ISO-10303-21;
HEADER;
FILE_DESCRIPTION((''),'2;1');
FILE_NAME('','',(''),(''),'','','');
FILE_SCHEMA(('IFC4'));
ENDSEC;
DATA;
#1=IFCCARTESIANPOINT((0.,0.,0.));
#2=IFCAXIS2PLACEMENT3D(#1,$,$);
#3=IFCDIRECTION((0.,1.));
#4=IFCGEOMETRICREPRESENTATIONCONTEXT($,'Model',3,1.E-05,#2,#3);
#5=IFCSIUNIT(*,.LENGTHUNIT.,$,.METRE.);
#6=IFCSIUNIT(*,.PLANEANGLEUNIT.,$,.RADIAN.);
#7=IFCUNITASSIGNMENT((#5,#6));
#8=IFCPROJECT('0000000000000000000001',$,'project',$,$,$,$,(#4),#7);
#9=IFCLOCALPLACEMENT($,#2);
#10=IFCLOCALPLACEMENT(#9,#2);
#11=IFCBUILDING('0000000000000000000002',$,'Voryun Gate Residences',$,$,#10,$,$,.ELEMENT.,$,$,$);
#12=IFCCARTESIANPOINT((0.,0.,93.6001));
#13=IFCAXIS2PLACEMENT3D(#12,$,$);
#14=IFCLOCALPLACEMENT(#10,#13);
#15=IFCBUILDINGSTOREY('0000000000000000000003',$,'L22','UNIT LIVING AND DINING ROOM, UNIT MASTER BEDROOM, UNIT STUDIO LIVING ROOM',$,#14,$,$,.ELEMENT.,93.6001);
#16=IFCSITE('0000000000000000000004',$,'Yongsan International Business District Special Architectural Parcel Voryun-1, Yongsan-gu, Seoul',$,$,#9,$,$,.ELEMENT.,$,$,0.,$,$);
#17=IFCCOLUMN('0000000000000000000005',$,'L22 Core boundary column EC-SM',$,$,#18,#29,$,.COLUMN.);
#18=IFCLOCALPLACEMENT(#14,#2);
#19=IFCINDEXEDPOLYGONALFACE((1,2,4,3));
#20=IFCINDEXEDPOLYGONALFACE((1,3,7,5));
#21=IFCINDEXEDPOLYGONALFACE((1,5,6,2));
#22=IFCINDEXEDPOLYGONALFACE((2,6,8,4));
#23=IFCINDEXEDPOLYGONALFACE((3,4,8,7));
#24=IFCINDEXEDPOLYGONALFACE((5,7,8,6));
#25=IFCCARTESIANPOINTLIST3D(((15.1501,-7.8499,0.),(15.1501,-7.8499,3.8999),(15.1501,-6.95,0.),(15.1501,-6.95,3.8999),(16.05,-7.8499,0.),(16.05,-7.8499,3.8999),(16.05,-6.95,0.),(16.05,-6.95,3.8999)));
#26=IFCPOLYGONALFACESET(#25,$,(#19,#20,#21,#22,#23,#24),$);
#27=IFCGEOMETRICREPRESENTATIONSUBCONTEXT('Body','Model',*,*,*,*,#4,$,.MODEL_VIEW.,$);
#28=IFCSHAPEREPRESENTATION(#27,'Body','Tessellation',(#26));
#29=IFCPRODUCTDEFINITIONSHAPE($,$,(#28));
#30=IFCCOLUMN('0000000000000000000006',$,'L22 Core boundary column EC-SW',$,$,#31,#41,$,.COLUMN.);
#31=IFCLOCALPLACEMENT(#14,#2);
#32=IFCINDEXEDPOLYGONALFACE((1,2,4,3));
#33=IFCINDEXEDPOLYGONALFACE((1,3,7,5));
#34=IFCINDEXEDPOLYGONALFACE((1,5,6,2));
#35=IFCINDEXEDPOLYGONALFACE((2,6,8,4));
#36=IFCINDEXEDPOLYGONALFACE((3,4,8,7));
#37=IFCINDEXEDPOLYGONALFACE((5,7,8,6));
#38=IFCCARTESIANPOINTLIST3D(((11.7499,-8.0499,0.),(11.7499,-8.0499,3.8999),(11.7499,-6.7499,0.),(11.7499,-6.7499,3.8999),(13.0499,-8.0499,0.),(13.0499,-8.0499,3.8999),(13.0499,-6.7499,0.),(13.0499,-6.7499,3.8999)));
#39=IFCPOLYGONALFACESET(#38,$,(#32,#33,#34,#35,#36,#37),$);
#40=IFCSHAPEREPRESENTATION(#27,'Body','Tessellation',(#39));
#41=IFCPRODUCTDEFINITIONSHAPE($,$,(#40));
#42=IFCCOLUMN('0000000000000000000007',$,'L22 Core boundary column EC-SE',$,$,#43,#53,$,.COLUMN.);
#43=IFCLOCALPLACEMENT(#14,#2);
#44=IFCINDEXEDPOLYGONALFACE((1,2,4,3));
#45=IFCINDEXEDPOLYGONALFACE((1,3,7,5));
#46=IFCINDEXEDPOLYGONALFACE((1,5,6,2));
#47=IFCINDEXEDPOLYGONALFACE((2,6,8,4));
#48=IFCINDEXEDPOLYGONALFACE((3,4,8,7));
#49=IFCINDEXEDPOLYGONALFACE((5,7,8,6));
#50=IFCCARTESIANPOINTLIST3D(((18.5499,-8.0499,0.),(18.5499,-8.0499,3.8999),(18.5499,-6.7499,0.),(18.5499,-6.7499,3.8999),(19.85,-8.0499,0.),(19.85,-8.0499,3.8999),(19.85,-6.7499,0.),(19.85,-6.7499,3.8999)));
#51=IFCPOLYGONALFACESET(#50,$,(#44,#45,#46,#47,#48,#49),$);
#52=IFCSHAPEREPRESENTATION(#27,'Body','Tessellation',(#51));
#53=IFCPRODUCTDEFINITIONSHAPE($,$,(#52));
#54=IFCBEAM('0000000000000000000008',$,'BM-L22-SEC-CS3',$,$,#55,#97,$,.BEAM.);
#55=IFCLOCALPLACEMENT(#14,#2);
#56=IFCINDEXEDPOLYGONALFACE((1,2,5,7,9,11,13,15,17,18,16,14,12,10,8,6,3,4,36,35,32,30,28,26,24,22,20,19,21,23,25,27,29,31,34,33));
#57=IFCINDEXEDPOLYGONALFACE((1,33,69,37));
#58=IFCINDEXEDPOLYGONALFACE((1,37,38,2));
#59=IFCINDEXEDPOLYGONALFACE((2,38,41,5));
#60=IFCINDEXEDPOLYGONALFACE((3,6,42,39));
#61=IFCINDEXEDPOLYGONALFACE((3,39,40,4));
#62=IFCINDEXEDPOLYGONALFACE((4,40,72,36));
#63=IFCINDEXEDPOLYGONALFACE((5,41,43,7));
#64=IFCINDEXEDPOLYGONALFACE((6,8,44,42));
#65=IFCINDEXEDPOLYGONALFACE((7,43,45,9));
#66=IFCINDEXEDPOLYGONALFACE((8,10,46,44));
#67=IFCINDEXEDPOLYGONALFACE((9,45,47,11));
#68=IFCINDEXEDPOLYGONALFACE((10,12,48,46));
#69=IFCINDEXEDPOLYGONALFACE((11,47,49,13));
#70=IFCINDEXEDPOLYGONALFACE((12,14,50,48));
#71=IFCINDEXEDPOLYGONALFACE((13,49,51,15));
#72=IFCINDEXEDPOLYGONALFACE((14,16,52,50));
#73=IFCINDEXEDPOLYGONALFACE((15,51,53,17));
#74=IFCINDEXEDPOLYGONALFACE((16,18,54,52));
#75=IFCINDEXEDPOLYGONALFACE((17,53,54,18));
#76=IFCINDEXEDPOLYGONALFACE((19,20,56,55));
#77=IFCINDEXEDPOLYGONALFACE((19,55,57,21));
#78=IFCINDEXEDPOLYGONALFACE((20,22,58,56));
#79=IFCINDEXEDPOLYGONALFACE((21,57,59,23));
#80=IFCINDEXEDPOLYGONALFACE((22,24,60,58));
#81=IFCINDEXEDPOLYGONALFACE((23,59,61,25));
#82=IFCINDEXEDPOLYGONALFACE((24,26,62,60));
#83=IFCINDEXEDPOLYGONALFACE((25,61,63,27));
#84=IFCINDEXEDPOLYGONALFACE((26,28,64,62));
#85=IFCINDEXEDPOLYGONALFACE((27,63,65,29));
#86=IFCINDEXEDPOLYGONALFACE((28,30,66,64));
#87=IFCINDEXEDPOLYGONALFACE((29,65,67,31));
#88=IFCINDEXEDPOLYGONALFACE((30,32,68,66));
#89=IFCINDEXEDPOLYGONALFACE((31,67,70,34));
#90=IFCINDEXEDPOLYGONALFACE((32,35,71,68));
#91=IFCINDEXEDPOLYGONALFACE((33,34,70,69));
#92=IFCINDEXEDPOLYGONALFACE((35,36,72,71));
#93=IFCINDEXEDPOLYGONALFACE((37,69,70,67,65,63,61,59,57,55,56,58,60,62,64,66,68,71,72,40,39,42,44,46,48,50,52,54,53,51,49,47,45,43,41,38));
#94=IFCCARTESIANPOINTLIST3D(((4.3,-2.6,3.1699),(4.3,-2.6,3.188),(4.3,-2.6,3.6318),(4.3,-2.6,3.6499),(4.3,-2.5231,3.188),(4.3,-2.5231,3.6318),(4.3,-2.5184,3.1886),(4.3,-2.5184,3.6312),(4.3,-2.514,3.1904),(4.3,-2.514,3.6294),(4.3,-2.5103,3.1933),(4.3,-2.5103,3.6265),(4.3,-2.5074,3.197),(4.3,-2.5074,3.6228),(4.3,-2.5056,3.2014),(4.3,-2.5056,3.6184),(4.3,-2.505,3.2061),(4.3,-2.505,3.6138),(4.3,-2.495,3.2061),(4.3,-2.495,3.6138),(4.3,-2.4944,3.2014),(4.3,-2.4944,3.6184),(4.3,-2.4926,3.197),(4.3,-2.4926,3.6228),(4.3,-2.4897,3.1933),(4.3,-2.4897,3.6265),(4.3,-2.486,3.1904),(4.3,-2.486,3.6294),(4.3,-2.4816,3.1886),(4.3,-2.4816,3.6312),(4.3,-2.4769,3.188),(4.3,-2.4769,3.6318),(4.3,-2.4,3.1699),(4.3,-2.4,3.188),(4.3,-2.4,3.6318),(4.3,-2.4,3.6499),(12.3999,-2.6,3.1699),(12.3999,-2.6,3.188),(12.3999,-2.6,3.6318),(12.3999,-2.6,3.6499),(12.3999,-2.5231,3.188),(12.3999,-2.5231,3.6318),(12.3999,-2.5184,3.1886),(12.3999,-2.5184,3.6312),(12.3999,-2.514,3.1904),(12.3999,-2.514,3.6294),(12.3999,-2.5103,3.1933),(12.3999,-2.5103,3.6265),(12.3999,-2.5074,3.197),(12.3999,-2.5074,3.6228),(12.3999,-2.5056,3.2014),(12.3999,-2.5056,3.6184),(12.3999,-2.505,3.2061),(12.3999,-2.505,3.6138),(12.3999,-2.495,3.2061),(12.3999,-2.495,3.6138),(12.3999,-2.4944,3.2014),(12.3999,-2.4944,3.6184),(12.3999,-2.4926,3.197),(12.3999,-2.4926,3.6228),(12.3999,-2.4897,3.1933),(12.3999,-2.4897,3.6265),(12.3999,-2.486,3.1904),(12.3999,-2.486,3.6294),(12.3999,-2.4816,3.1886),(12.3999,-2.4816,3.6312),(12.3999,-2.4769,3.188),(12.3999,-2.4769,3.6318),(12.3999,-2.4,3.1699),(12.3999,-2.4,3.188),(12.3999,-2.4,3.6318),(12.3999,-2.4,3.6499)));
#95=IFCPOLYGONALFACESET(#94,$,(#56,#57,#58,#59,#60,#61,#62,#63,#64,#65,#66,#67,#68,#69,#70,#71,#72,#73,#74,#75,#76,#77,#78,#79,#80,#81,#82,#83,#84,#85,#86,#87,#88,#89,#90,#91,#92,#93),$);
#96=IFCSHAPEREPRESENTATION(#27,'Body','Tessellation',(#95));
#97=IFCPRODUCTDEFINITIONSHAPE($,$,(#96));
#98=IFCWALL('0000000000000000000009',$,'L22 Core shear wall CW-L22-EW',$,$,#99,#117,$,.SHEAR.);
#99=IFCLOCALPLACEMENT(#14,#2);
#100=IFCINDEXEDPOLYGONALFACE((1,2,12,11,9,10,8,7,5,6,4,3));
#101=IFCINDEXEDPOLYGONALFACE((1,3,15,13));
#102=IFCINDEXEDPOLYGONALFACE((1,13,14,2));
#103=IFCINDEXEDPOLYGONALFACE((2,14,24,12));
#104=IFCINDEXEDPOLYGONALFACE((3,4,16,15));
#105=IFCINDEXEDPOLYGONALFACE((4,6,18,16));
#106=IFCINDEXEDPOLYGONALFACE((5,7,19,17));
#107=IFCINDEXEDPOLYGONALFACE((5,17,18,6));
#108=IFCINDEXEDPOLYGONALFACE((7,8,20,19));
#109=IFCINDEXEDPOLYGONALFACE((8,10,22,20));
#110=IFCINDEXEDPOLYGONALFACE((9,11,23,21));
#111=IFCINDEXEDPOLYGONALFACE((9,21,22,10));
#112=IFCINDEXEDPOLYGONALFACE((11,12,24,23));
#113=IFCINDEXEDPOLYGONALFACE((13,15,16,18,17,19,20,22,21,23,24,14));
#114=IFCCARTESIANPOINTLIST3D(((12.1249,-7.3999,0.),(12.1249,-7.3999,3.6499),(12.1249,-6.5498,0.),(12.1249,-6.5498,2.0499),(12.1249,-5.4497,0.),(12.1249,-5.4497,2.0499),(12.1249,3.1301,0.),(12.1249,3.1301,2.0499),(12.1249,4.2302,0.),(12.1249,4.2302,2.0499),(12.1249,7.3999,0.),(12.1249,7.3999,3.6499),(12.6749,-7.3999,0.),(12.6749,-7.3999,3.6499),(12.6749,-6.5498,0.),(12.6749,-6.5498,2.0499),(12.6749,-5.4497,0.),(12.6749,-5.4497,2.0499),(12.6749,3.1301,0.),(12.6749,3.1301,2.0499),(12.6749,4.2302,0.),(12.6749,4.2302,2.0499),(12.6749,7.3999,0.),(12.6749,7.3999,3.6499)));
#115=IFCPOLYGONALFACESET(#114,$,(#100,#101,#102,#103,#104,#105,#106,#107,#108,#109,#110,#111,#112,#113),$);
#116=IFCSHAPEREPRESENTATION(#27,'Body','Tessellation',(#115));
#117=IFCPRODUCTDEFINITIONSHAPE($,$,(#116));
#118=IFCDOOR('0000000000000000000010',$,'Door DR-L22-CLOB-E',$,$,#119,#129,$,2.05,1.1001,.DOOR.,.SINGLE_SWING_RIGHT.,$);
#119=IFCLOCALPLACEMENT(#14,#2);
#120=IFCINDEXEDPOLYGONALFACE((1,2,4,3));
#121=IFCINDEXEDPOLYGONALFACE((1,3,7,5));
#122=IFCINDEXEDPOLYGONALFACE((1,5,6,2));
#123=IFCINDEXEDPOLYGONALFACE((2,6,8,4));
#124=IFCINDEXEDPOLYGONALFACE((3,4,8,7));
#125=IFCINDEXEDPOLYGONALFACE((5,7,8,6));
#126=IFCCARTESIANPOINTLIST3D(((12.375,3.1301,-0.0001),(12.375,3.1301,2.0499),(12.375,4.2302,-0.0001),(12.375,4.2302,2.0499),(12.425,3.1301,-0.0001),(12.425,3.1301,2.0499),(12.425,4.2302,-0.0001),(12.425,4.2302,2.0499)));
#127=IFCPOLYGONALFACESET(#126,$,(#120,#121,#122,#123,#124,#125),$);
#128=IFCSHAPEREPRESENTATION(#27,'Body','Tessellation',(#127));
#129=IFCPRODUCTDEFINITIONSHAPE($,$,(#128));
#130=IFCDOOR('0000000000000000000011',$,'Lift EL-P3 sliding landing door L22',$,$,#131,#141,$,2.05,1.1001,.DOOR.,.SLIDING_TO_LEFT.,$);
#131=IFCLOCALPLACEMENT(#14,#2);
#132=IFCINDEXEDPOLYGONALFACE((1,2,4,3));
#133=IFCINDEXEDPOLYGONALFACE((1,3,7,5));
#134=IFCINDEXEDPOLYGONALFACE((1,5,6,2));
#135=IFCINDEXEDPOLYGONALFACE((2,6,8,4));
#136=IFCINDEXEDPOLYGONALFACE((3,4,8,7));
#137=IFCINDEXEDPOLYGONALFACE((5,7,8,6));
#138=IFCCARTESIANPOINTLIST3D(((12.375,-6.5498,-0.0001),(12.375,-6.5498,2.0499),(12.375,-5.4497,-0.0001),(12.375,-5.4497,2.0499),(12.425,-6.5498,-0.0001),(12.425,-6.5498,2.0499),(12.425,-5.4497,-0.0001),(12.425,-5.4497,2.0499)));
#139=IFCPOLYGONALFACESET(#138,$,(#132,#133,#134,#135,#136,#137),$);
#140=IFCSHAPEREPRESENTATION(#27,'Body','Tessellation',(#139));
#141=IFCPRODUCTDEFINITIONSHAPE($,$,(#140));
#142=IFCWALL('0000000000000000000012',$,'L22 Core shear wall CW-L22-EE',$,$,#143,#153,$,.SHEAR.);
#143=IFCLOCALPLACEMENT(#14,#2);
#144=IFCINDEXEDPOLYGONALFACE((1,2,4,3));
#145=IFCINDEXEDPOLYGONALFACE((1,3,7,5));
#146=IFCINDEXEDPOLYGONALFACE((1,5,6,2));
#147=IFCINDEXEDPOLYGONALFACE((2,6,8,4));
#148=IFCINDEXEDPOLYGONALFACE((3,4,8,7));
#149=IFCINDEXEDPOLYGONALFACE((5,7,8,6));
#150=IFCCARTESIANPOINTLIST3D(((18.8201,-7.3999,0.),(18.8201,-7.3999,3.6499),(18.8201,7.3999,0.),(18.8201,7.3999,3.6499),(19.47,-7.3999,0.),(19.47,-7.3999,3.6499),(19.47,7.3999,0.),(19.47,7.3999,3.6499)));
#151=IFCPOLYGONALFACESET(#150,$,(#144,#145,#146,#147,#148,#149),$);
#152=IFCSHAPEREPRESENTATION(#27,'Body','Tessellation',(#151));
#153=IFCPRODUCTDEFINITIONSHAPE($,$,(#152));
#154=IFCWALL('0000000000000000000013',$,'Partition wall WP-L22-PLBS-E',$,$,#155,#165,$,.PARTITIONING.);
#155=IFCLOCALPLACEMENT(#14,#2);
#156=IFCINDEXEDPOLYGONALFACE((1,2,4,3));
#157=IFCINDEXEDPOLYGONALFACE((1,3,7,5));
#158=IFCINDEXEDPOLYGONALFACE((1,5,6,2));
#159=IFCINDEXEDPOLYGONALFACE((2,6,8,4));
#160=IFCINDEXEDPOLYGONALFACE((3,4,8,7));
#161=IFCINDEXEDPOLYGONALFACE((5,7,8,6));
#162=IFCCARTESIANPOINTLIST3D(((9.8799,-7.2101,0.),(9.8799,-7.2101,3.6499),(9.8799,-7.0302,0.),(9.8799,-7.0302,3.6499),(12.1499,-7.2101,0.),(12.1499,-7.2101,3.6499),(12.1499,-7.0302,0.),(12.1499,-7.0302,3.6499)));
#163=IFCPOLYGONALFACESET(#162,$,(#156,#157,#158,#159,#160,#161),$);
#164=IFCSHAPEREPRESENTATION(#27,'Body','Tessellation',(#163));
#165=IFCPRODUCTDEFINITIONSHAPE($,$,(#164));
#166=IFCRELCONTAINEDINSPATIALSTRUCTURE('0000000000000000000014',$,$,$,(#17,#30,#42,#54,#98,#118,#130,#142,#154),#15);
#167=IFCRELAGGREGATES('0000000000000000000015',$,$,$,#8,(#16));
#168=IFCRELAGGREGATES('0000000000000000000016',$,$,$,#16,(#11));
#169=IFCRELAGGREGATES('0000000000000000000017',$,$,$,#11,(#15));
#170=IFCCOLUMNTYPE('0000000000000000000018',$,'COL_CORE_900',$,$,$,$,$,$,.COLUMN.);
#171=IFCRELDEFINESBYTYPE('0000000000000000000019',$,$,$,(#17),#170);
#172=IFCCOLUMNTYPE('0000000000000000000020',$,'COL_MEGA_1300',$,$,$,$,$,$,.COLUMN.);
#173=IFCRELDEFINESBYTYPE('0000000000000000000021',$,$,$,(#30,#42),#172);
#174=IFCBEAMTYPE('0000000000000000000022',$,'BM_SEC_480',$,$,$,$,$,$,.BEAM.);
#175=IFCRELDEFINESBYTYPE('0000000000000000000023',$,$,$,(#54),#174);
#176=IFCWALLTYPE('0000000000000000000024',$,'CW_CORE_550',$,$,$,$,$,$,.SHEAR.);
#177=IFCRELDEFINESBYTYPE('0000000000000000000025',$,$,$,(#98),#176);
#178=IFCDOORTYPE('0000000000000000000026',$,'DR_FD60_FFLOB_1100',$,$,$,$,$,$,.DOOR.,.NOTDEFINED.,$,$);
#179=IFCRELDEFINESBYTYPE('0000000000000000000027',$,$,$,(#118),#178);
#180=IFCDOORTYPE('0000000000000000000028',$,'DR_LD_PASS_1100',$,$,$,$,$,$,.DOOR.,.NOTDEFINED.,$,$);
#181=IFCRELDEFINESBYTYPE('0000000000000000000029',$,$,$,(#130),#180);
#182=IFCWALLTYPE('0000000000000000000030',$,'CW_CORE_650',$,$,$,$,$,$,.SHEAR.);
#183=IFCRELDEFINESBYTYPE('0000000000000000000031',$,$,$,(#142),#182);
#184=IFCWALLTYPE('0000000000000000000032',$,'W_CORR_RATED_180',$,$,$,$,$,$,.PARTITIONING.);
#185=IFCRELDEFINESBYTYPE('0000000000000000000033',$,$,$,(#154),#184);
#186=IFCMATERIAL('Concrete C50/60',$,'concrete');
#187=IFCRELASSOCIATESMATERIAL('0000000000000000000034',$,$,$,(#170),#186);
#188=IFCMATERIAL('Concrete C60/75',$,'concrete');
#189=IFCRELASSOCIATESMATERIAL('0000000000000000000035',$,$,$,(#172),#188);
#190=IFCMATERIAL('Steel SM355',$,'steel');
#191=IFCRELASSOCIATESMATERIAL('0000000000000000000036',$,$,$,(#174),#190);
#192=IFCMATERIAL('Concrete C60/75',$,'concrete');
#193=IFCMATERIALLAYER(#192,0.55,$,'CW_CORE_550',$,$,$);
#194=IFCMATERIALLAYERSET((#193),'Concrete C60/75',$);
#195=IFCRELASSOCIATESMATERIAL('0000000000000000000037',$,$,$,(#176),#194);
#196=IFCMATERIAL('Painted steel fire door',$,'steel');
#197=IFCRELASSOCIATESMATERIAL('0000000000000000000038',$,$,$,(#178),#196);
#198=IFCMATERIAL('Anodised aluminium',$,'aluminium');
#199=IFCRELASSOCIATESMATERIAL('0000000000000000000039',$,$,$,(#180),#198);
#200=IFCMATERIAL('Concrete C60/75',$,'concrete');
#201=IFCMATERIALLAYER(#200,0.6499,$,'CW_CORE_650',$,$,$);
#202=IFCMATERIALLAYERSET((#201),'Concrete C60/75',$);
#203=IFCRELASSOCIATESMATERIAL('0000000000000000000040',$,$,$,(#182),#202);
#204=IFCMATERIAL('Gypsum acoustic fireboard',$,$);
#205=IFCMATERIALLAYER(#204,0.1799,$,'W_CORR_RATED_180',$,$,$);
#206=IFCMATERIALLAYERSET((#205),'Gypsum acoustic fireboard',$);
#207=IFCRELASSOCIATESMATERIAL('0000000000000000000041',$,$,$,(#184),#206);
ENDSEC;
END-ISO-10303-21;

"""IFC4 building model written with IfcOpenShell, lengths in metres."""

from ifc_helpers import new_model, si_unit, direction, frame, frame_2d, origin, origin_2d, place, context, subcontext, project, spatial, rectangle, i_section, extrude, material, layer, layer_set, material_profile, profile_set, type_object, element, fill, save


model = new_model("IFC4")

# Units and contexts
model_context = context("Model", 3, precision=1e-05, world=origin(), true_north=direction((0.0, 1.0)))
body_context = subcontext(model_context, "Body", "Model", "MODEL_VIEW")
ifc_project = project(units=[si_unit("LENGTHUNIT", "METRE"), si_unit("PLANEANGLEUNIT", "RADIAN")], contexts=[model_context])

# Site, building, storey
site_placement = place(None, origin())
site = spatial("IfcSite", under=ifc_project, at=site_placement, Name="Yongsan International Business District Special Architectural Parcel Voryun-1, Yongsan-gu, Seoul", CompositionType="ELEMENT", RefElevation=0.0)
building_placement = place(site_placement, origin())
building = spatial("IfcBuilding", under=site, at=building_placement, Name="Voryun Gate Residences", CompositionType="ELEMENT")
storey_placement = place(building_placement, frame((0.0, 0.0, 93.6001)))
storey = spatial("IfcBuildingStorey", under=building, at=storey_placement, Name="L22", Description="UNIT LIVING AND DINING ROOM, UNIT MASTER BEDROOM, UNIT STUDIO LIVING ROOM", CompositionType="ELEMENT", Elevation=93.6001)

# Columns
ifc_material_1 = material(Name="Concrete C50/60", Category="concrete")
ifc_material_profile_1 = material_profile(ifc_material_1, rectangle(XDim=0.8999, YDim=0.8999, at=origin_2d()), Name="RC-900x900")
ifc_profile_set_1 = profile_set([ifc_material_profile_1], Name="Concrete C50/60")
column_type_1 = type_object("IfcColumnType", Name="COL_CORE_900", PredefinedType="COLUMN", material=ifc_profile_set_1)
column_placement = place(storey_placement, frame((15.6001, -7.3999, 0.0), z_axis=(0.0, 0.0, 1.0), x_axis=(1.0, 0.0, 0.0)))
element("IfcColumn", 1, at=column_placement, inside=storey, type_object=column_type_1, Name="L22 Core boundary column EC-SM", PredefinedType="COLUMN", context=body_context, shape_type="SweptSolid", body=[
    extrude(rectangle(XDim=0.8999, YDim=0.8999, at=origin_2d()), origin(), (0.0, 0.0, 1.0), 3.8999),
])
ifc_material_2 = material(Name="Concrete C60/75", Category="concrete")
ifc_material_profile_2 = material_profile(ifc_material_2, rectangle(XDim=1.3, YDim=1.3, at=origin_2d()), Name="RC-1300x1300")
ifc_profile_set_2 = profile_set([ifc_material_profile_2], Name="Concrete C60/75")
column_type_2 = type_object("IfcColumnType", Name="COL_MEGA_1300", PredefinedType="COLUMN", material=ifc_profile_set_2)
for number, where, z_axis, x_axis, name in (
    (2, (12.3999, -7.3999, 0.0), (0.0, 0.0, 1.0), (1.0, 0.0, 0.0), "L22 Core boundary column EC-SW"),
    (3, (19.2, -7.3999, 0.0), (0.0, 0.0, 1.0), (1.0, 0.0, 0.0), "L22 Core boundary column EC-SE"),
):
    element("IfcColumn", number, at=place(storey_placement, frame(where, z_axis=z_axis, x_axis=x_axis)), inside=storey, type_object=column_type_2, Name=name, PredefinedType="COLUMN", context=body_context, shape_type="SweptSolid", body=[
        extrude(rectangle(XDim=1.3, YDim=1.3, at=origin_2d()), origin(), (0.0, 0.0, 1.0), 3.8999),
    ])

# Beam
ifc_material_3 = material(Name="Steel SM355", Category="steel")
ifc_material_profile_3 = material_profile(ifc_material_3, i_section(OverallWidth=0.2, OverallDepth=0.48, WebThickness=0.01, FlangeThickness=0.0181, FilletRadius=0.0181, at=origin_2d()), Name="H-480x200x10x18")
ifc_profile_set_3 = profile_set([ifc_material_profile_3], Name="Steel SM355")
beam_type = type_object("IfcBeamType", Name="BM_SEC_480", PredefinedType="BEAM", material=ifc_profile_set_3)
beam_placement = place(storey_placement, frame((4.3, -2.5, 3.4099), z_axis=(1.0, 0.0, 0.0), x_axis=(0.0, 1.0, 0.0)))
element("IfcBeam", 4, at=beam_placement, inside=storey, type_object=beam_type, Name="BM-L22-SEC-CS3", PredefinedType="BEAM", context=body_context, shape_type="SweptSolid", body=[
    extrude(i_section(OverallWidth=0.2, OverallDepth=0.48, WebThickness=0.01, FlangeThickness=0.0181, FilletRadius=0.0181, at=origin_2d()), origin(), (0.0, 0.0, 1.0), 8.0999),
])

# Wall, openings, doors
ifc_material_4 = material(Name="Concrete C60/75", Category="concrete")
ifc_layer_1 = layer(ifc_material_4, 0.55, Name="CW_CORE_550")
ifc_layer_set_1 = layer_set([ifc_layer_1], Name="Concrete C60/75")
wall_type_1 = type_object("IfcWallType", Name="CW_CORE_550", PredefinedType="SHEAR", material=ifc_layer_set_1)
wall_1_placement = place(storey_placement, frame((12.3999, -7.3999, 0.0), z_axis=(0.0, 0.0, 1.0), x_axis=(0.0, 1.0, 0.0)))
wall_1 = element("IfcWall", 5, at=wall_1_placement, inside=storey, type_object=wall_type_1, Name="L22 Core shear wall CW-L22-EW", PredefinedType="SHEAR", context=body_context, shape_type="SweptSolid", body=[
    extrude(rectangle(XDim=14.7998, YDim=0.55, at=frame_2d((7.3999, 0.0))), origin(), (0.0, 0.0, 1.0), 3.6499),
])
opening_1_placement = place(wall_1_placement, frame((0.8501, 0.0, 0.0)))
opening_1 = element("IfcOpeningElement", 6, at=opening_1_placement, cuts=wall_1, PredefinedType="OPENING", context=body_context, shape_type="SweptSolid", body=[
    extrude(rectangle(XDim=1.1001, YDim=2.05, at=frame_2d((0.55, 1.0249))), frame((0.0, 0.2849, 0.0), z_axis=(0.0, -1.0, 0.0), x_axis=(1.0, 0.0, 0.0)), (0.0, 0.0, 1.0), 0.5701),
])
opening_2_placement = place(wall_1_placement, frame((10.53, 0.0, 0.0)))
opening_2 = element("IfcOpeningElement", 7, at=opening_2_placement, cuts=wall_1, PredefinedType="OPENING", context=body_context, shape_type="SweptSolid", body=[
    extrude(rectangle(XDim=1.1001, YDim=2.05, at=frame_2d((0.55, 1.0249))), frame((0.0, 0.2849, 0.0), z_axis=(0.0, -1.0, 0.0), x_axis=(1.0, 0.0, 0.0)), (0.0, 0.0, 1.0), 0.5701),
])
ifc_material_5 = material(Name="Painted steel fire door", Category="steel")
door_type_1 = type_object("IfcDoorType", Name="DR_FD60_FFLOB_1100", OperationType="NOTDEFINED", PredefinedType="DOOR", material=ifc_material_5)
door_1_placement = place(opening_2_placement, origin())
door_1 = element("IfcDoor", 8, at=door_1_placement, inside=storey, type_object=door_type_1, Name="Door DR-L22-CLOB-E", OperationType="SINGLE_SWING_RIGHT", OverallHeight=2.05, OverallWidth=1.1001, PredefinedType="DOOR", context=body_context, shape_type="SweptSolid", body=[
    extrude(rectangle(XDim=1.1001, YDim=2.05, at=frame_2d((0.55, 1.0249))), frame((0.0, 0.0249, 0.0), z_axis=(0.0, -1.0, 0.0), x_axis=(1.0, 0.0, 0.0)), (0.0, 0.0, 1.0), 0.05),
])
fill(opening_2, door_1)
ifc_material_6 = material(Name="Anodised aluminium", Category="aluminium")
door_type_2 = type_object("IfcDoorType", Name="DR_LD_PASS_1100", OperationType="NOTDEFINED", PredefinedType="DOOR", material=ifc_material_6)
door_2_placement = place(opening_1_placement, origin())
door_2 = element("IfcDoor", 9, at=door_2_placement, inside=storey, type_object=door_type_2, Name="Lift EL-P3 sliding landing door L22", OperationType="SLIDING_TO_LEFT", OverallHeight=2.05, OverallWidth=1.1001, PredefinedType="DOOR", context=body_context, shape_type="SweptSolid", body=[
    extrude(rectangle(XDim=1.1001, YDim=2.05, at=frame_2d((0.55, 1.0249))), frame((0.0, 0.0249, 0.0), z_axis=(0.0, -1.0, 0.0), x_axis=(1.0, 0.0, 0.0)), (0.0, 0.0, 1.0), 0.05),
])
fill(opening_1, door_2)

# Walls
ifc_material_7 = material(Name="Concrete C60/75", Category="concrete")
ifc_layer_2 = layer(ifc_material_7, 0.6499, Name="CW_CORE_650")
ifc_layer_set_2 = layer_set([ifc_layer_2], Name="Concrete C60/75")
wall_type_2 = type_object("IfcWallType", Name="CW_CORE_650", PredefinedType="SHEAR", material=ifc_layer_set_2)
wall_2_placement = place(storey_placement, frame((19.145, -7.3999, 0.0), z_axis=(0.0, 0.0, 1.0), x_axis=(0.0, 1.0, 0.0)))
element("IfcWall", 10, at=wall_2_placement, inside=storey, type_object=wall_type_2, Name="L22 Core shear wall CW-L22-EE", PredefinedType="SHEAR", context=body_context, shape_type="SweptSolid", body=[
    extrude(rectangle(XDim=14.7998, YDim=0.6499, at=frame_2d((7.3999, 0.0))), origin(), (0.0, 0.0, 1.0), 3.6499),
])
ifc_material_8 = material(Name="Gypsum acoustic fireboard")
ifc_layer_3 = layer(ifc_material_8, 0.1799, Name="W_CORR_RATED_180")
ifc_layer_set_3 = layer_set([ifc_layer_3], Name="Gypsum acoustic fireboard")
wall_type_3 = type_object("IfcWallType", Name="W_CORR_RATED_180", PredefinedType="PARTITIONING", material=ifc_layer_set_3)
wall_3_placement = place(storey_placement, frame((9.8799, -7.1201, 0.0), z_axis=(0.0, 0.0, 1.0), x_axis=(1.0, 0.0, 0.0)))
element("IfcWall", 11, at=wall_3_placement, inside=storey, type_object=wall_type_3, Name="Partition wall WP-L22-PLBS-E", PredefinedType="PARTITIONING", context=body_context, shape_type="SweptSolid", body=[
    extrude(rectangle(XDim=2.27, YDim=0.1799, at=frame_2d((1.135, 0.0))), origin(), (0.0, 0.0, 1.0), 3.6499),
])

save(model, "model.ifc")
